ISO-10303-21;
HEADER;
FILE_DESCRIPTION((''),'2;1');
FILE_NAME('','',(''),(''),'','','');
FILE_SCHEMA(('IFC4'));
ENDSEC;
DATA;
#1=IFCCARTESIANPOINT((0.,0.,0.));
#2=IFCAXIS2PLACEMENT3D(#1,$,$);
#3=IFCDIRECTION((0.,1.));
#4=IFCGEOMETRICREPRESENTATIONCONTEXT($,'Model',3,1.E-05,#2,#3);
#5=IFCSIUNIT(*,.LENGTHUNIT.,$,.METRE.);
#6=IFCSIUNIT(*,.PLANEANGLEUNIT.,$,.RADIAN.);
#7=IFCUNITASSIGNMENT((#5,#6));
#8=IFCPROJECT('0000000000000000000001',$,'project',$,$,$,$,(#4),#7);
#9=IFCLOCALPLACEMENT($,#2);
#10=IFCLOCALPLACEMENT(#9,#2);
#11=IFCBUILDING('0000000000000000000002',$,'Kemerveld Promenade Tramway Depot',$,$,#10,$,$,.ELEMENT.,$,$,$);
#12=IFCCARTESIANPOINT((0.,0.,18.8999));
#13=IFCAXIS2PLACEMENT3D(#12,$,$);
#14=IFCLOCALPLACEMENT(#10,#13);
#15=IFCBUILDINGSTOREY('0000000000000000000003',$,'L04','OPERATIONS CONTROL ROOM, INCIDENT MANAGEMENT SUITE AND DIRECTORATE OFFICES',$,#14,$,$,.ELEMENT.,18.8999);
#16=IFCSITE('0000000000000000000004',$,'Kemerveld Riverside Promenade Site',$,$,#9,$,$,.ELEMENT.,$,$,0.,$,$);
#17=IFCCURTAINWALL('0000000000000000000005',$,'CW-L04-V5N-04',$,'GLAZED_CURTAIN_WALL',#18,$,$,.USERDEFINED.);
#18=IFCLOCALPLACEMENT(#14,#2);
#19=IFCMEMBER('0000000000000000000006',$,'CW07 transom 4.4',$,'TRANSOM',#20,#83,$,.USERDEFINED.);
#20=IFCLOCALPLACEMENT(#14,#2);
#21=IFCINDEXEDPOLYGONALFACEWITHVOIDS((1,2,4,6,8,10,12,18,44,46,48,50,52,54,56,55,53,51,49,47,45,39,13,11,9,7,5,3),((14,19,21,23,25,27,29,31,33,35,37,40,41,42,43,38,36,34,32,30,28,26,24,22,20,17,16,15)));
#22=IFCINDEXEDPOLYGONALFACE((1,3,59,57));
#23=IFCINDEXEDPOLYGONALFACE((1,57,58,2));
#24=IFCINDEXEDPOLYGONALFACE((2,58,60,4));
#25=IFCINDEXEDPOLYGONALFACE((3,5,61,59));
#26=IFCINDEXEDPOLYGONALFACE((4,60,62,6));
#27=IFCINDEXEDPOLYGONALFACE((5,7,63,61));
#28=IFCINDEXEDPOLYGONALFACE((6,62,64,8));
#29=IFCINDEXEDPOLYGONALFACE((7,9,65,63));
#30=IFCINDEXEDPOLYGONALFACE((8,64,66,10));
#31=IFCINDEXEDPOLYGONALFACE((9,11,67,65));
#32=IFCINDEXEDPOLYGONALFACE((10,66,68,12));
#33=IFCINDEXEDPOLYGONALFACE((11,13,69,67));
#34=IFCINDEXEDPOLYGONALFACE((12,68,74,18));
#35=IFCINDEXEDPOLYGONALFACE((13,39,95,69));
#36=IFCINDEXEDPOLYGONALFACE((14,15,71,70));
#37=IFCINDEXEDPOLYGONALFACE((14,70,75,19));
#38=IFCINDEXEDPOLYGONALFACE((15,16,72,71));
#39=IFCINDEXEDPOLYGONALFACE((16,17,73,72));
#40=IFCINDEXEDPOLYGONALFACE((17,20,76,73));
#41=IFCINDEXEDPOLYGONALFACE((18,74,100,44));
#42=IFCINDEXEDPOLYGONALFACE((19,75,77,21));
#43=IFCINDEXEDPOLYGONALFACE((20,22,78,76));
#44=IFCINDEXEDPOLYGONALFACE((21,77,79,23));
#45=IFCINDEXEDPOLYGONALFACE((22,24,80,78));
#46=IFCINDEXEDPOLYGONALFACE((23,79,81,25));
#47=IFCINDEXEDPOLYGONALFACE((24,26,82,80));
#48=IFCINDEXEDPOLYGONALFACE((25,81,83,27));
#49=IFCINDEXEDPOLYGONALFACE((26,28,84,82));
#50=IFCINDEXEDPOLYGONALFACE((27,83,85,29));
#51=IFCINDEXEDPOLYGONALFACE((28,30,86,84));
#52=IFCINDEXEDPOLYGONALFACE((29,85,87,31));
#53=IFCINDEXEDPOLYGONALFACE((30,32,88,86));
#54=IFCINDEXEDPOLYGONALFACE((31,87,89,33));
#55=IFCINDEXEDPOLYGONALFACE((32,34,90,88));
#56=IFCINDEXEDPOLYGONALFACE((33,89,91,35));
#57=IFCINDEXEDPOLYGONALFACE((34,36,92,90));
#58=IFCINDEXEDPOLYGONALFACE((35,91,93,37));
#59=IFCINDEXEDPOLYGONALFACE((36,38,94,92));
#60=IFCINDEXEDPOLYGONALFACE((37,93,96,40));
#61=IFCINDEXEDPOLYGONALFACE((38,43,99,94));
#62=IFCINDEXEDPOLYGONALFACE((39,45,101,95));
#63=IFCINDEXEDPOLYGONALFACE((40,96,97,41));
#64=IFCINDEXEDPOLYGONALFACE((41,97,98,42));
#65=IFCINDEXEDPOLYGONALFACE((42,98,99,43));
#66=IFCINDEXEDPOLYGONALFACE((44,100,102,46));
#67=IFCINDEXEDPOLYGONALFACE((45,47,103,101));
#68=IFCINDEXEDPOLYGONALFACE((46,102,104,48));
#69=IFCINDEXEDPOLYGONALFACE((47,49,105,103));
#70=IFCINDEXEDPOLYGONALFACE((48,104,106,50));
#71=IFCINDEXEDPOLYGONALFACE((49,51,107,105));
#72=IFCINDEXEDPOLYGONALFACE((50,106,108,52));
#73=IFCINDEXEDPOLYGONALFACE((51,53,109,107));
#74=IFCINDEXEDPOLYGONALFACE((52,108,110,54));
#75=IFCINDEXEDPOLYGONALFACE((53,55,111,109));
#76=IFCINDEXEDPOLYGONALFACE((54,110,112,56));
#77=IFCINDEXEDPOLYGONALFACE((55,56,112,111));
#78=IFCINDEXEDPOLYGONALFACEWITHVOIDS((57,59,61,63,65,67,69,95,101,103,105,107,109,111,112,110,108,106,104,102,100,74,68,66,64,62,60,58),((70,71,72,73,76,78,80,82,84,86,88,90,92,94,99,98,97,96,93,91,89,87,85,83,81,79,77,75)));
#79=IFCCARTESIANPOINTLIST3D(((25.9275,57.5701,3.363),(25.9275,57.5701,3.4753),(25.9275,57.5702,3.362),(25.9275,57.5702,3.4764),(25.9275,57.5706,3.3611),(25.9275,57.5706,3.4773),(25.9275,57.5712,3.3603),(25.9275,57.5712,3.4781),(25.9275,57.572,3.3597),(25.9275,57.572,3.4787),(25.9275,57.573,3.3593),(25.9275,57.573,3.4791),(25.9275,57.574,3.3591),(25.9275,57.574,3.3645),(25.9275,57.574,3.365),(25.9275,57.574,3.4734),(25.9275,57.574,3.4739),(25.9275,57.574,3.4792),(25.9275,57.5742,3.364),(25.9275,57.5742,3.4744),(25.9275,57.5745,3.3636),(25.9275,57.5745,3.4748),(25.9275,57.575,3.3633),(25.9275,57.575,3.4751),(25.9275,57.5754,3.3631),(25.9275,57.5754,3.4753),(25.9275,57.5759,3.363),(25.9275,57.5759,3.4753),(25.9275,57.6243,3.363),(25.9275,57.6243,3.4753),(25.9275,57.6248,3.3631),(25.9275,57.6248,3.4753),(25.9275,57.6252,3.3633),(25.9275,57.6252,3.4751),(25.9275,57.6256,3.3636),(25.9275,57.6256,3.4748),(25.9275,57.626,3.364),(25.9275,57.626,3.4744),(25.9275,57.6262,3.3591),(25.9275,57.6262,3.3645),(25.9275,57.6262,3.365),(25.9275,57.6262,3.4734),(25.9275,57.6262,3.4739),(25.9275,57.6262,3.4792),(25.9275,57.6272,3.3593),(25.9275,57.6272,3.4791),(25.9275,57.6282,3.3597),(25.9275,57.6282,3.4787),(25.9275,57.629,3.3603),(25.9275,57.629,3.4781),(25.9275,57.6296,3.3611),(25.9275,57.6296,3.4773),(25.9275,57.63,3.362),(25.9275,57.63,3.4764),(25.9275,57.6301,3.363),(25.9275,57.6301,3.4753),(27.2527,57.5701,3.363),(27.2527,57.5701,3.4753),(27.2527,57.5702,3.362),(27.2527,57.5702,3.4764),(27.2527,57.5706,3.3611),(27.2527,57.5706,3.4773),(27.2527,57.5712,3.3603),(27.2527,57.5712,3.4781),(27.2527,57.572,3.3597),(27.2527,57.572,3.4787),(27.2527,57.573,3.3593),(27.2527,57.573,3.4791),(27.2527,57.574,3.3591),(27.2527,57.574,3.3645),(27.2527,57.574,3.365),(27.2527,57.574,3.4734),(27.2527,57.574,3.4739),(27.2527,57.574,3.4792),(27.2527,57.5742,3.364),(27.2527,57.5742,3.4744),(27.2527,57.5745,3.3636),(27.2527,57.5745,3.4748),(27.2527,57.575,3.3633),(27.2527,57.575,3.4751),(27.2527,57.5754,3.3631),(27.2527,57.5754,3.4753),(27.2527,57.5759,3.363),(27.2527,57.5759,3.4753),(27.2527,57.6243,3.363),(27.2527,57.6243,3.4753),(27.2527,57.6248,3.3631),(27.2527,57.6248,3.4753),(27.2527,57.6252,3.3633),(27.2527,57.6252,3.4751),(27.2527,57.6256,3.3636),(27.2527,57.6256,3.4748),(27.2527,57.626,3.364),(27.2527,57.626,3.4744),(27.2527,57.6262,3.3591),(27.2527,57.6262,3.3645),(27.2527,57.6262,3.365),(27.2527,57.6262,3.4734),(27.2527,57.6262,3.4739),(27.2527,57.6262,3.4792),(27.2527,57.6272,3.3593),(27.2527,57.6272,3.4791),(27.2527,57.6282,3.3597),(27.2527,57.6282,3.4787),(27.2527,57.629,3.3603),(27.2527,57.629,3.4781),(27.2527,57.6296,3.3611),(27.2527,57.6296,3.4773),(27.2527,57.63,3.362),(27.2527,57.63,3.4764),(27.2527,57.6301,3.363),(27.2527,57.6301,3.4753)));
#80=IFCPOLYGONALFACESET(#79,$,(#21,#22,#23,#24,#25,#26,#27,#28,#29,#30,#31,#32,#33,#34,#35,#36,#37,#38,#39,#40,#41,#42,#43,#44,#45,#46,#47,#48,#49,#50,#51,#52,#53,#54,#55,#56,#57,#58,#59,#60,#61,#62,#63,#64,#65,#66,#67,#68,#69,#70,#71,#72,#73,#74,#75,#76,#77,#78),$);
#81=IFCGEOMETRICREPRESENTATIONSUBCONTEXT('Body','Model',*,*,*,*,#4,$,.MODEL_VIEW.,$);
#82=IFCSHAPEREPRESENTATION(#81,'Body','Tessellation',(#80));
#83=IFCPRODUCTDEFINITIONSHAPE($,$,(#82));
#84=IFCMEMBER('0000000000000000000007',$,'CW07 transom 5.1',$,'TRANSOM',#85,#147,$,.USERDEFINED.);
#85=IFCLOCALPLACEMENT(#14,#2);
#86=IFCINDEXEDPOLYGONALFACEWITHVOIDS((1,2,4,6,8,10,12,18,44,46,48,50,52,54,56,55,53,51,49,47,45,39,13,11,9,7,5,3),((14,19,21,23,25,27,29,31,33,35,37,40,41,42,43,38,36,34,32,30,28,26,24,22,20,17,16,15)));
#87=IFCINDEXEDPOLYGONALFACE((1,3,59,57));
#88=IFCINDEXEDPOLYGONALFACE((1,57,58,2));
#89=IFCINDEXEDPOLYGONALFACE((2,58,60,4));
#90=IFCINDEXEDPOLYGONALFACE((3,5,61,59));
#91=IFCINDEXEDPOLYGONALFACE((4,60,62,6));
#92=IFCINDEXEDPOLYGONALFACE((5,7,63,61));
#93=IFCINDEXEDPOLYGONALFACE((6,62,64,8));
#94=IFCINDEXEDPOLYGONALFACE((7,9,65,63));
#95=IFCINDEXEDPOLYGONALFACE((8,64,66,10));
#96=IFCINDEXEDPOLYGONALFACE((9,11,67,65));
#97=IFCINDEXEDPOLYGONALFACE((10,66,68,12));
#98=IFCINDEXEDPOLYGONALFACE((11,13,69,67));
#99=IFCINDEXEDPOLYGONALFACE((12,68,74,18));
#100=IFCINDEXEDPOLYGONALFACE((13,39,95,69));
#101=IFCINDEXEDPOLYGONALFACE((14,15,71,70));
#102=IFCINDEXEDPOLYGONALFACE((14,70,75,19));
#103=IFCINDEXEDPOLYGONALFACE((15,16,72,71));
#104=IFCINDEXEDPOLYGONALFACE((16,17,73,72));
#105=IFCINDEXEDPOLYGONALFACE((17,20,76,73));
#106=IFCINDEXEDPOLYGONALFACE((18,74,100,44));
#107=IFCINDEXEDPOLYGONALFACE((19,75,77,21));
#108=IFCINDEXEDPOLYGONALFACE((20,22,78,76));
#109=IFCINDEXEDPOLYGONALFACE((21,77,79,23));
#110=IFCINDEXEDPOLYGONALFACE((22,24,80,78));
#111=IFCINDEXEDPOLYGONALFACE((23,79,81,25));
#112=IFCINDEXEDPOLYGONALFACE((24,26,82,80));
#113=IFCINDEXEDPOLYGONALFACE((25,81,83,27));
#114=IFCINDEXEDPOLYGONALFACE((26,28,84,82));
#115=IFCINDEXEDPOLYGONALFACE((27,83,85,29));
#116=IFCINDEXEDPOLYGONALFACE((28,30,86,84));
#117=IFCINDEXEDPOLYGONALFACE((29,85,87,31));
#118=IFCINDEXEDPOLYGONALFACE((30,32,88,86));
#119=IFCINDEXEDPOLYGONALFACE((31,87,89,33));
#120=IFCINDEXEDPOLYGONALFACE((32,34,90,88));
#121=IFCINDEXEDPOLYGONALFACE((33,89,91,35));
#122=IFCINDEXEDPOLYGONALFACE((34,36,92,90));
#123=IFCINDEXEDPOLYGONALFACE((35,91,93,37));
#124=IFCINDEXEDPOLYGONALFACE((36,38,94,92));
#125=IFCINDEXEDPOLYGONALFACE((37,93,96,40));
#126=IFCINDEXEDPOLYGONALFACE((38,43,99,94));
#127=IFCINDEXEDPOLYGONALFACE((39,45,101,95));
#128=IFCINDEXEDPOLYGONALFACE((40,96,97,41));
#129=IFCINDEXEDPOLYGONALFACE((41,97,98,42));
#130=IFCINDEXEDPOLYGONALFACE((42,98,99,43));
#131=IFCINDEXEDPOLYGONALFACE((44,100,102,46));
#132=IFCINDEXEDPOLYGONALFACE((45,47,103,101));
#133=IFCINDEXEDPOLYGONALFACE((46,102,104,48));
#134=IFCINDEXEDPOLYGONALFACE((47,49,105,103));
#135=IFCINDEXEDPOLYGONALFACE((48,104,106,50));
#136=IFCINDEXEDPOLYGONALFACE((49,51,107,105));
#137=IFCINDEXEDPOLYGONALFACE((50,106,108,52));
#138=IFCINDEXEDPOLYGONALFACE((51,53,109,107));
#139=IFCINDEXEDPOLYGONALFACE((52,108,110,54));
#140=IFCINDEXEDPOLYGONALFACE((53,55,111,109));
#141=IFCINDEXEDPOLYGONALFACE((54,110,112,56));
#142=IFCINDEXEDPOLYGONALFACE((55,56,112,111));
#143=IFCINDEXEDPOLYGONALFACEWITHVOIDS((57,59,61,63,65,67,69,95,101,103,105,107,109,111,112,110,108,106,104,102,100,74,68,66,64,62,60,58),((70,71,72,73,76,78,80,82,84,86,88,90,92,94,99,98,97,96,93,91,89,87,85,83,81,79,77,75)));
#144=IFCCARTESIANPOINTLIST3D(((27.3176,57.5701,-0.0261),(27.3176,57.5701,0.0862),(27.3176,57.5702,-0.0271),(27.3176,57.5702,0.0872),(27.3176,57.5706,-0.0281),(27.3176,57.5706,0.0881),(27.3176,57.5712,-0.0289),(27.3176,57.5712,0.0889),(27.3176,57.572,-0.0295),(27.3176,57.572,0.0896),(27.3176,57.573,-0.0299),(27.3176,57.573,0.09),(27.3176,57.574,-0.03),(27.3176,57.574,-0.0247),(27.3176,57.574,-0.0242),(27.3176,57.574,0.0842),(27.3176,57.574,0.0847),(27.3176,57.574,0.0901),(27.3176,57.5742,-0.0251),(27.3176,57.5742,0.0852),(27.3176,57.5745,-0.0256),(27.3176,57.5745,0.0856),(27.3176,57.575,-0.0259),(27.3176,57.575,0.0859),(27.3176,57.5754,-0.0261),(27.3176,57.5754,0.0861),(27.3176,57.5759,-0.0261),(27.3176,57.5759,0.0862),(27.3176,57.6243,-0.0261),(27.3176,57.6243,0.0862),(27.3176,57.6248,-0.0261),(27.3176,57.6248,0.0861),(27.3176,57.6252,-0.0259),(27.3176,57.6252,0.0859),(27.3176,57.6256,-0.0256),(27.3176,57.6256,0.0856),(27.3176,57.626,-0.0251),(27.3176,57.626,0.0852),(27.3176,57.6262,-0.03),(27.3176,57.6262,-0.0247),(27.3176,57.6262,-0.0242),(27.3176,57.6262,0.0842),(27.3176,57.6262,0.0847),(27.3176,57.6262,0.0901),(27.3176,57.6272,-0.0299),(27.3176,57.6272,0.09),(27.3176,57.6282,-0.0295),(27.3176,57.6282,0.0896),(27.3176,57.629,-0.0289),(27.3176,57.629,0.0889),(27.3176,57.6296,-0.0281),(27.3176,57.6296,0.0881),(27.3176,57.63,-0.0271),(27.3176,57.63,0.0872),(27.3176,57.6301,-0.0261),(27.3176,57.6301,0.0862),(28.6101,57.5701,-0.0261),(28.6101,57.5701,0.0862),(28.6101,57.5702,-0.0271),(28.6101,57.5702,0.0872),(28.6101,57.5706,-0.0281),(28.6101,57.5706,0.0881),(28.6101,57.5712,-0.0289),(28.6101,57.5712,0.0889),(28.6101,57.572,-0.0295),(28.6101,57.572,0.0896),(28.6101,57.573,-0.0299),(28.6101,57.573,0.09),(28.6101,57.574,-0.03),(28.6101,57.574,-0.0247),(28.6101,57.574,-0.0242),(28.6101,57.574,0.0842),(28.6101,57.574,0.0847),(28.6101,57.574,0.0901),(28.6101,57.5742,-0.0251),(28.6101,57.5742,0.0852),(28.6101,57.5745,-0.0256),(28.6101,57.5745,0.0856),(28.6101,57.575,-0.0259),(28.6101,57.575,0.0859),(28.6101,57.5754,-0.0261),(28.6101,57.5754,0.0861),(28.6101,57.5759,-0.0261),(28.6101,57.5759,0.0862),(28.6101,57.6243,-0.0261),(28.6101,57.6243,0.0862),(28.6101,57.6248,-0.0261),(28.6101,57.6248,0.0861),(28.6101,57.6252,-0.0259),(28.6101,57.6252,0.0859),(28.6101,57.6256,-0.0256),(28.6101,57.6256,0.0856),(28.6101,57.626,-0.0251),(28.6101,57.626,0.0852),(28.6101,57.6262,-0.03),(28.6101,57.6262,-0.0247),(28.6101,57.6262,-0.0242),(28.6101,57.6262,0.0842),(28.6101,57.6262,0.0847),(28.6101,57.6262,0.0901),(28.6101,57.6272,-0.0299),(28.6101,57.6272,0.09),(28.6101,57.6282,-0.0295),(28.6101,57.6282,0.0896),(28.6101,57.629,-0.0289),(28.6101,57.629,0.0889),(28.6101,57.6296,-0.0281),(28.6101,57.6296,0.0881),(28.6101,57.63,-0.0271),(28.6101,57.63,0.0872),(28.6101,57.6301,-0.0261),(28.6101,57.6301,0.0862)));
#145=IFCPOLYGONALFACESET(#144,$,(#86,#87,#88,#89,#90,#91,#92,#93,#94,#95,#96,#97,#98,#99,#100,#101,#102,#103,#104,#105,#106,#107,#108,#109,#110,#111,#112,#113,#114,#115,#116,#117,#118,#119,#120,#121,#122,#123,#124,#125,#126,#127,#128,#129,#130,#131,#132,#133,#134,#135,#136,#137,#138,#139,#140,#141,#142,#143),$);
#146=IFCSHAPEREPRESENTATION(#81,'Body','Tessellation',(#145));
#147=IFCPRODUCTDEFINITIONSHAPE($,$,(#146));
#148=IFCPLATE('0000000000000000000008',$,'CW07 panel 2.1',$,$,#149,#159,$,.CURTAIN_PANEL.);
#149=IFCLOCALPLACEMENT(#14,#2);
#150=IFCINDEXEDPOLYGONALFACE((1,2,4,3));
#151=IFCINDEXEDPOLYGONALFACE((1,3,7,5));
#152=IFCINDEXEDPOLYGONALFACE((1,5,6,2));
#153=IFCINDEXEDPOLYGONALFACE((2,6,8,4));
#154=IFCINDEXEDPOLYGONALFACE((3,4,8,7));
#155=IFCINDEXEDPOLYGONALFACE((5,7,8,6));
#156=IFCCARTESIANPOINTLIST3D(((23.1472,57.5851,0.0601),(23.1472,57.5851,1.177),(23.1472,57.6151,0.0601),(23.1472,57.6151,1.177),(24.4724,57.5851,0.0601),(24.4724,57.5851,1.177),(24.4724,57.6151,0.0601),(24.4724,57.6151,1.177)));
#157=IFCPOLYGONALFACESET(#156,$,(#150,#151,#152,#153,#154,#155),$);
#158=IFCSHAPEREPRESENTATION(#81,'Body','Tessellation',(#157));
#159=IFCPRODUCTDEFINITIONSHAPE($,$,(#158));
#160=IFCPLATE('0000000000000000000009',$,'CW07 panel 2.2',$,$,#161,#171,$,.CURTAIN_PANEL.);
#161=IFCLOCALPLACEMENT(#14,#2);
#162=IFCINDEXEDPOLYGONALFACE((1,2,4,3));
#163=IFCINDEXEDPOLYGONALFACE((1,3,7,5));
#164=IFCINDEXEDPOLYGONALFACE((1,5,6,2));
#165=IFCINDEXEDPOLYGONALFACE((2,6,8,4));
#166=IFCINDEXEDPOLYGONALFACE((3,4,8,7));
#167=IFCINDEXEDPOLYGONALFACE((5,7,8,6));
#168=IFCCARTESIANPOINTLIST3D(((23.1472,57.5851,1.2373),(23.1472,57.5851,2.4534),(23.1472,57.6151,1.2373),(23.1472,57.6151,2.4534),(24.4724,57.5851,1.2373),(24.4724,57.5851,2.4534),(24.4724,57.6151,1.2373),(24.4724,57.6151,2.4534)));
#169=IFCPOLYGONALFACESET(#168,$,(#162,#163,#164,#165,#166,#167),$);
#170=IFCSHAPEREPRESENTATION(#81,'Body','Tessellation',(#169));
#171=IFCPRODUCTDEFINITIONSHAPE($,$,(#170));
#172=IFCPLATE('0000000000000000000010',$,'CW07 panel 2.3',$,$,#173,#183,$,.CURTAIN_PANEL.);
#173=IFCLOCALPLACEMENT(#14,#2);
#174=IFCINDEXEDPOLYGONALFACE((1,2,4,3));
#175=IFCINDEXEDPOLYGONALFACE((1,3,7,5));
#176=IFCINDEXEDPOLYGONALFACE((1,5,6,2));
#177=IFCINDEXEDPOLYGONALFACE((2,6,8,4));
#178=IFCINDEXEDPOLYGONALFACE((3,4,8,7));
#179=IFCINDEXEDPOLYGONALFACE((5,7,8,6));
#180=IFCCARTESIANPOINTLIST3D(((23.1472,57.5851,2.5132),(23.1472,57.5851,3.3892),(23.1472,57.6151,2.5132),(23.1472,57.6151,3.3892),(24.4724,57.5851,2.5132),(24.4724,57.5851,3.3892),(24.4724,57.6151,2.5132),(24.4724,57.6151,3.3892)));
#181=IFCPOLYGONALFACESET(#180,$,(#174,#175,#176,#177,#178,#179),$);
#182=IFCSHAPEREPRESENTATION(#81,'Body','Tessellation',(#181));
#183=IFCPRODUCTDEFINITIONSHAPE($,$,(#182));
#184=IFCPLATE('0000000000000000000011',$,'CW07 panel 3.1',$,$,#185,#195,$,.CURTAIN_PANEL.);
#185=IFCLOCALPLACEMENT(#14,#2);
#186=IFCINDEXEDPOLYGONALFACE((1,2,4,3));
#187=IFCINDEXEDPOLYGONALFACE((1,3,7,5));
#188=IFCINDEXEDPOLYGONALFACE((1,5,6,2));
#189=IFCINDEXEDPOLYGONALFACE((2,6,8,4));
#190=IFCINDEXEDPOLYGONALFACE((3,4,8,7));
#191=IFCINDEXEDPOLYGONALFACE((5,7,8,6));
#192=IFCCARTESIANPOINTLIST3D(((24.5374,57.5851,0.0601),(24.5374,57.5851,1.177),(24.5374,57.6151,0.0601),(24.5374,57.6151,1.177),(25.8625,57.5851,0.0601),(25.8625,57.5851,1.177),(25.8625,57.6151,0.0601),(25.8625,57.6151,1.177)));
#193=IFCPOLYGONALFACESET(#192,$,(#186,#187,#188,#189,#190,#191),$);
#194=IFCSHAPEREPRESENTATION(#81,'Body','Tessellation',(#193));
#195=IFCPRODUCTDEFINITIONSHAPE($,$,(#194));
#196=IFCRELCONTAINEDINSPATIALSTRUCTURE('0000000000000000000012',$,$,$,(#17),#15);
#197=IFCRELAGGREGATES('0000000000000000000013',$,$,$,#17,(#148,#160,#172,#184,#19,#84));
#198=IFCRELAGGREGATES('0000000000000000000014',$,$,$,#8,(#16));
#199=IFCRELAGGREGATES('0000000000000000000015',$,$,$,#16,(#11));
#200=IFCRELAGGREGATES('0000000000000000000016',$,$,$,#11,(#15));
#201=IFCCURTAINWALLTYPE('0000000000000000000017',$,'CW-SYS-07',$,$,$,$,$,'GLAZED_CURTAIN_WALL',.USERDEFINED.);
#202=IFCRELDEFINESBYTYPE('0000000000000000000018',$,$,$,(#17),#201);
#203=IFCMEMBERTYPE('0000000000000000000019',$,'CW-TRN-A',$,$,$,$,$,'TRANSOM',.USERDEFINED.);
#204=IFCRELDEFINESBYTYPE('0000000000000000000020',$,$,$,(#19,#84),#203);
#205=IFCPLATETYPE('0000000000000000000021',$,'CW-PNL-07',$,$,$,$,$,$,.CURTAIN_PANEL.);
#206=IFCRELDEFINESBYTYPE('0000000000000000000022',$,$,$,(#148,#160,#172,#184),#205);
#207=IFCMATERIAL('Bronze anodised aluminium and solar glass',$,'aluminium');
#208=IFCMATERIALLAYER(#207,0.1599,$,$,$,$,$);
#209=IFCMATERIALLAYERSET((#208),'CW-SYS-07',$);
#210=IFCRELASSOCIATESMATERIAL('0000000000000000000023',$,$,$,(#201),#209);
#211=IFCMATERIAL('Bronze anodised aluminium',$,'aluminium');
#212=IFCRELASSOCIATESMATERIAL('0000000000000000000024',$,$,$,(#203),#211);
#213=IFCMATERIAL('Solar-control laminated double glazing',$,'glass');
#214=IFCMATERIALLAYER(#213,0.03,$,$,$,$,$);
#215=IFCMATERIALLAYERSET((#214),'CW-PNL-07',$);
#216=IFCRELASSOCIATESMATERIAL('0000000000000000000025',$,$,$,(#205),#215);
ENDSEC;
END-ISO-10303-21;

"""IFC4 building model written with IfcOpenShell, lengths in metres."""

from ifc_helpers import new_model, si_unit, direction, frame, origin, origin_2d, place, context, subcontext, project, spatial, rectangle, hollow_rectangle, extrude, material, layer, layer_set, material_profile, profile_set, type_object, element, aggregate, save


model = new_model("IFC4")

# Units and contexts
model_context = context("Model", 3, precision=1e-05, world=origin(), true_north=direction((0.0, 1.0)))
body_context = subcontext(model_context, "Body", "Model", "MODEL_VIEW")
ifc_project = project(units=[si_unit("LENGTHUNIT", "METRE"), si_unit("PLANEANGLEUNIT", "RADIAN")], contexts=[model_context])

# Site, building, storey
site_placement = place(None, origin())
site = spatial("IfcSite", under=ifc_project, at=site_placement, Name="Kemerveld Riverside Promenade Site", CompositionType="ELEMENT", RefElevation=0.0)
building_placement = place(site_placement, origin())
building = spatial("IfcBuilding", under=site, at=building_placement, Name="Kemerveld Promenade Tramway Depot", CompositionType="ELEMENT")
storey_placement = place(building_placement, frame((0.0, 0.0, 18.8999)))
storey = spatial("IfcBuildingStorey", under=building, at=storey_placement, Name="L04", Description="OPERATIONS CONTROL ROOM, INCIDENT MANAGEMENT SUITE AND DIRECTORATE OFFICES", CompositionType="ELEMENT", Elevation=18.8999)

# Curtain wall, members, plates
ifc_material_1 = material(Name="Bronze anodised aluminium and solar glass", Category="aluminium")
ifc_layer_1 = layer(ifc_material_1, 0.1599)
ifc_layer_set_1 = layer_set([ifc_layer_1], Name="CW-SYS-07")
curtain_wall_type = type_object("IfcCurtainWallType", Name="CW-SYS-07", ElementType="GLAZED_CURTAIN_WALL", PredefinedType="USERDEFINED", material=ifc_layer_set_1)
curtain_wall_placement = place(storey_placement, origin())
curtain_wall = element("IfcCurtainWall", 1, at=curtain_wall_placement, inside=storey, type_object=curtain_wall_type, Name="CW-L04-V5N-04", ObjectType="GLAZED_CURTAIN_WALL", PredefinedType="USERDEFINED")
ifc_material_2 = material(Name="Bronze anodised aluminium", Category="aluminium")
ifc_material_profile_1 = material_profile(ifc_material_2, hollow_rectangle(XDim=0.0601, YDim=0.1201, WallThickness=0.0039, InnerFilletRadius=0.002, OuterFilletRadius=0.0039, at=origin_2d()), Name="CW-TRN-120x60")
ifc_profile_set_1 = profile_set([ifc_material_profile_1], Name="Bronze anodised aluminium")
member_type_1 = type_object("IfcMemberType", Name="CW-TRN-A", ElementType="TRANSOM", PredefinedType="USERDEFINED", material=ifc_profile_set_1)
member_1_placement = place(storey_placement, frame((25.9275, 57.6001, 3.4192), z_axis=(1.0, 0.0, 0.0), x_axis=(0.0, 1.0, 0.0)))
member_1 = element("IfcMember", 2, at=member_1_placement, type_object=member_type_1, Name="CW07 transom 4.4", ObjectType="TRANSOM", PredefinedType="USERDEFINED", context=body_context, shape_type="SweptSolid", body=[
    extrude(hollow_rectangle(XDim=0.0601, YDim=0.1201, WallThickness=0.0039, InnerFilletRadius=0.002, OuterFilletRadius=0.0039, at=origin_2d()), origin(), (0.0, 0.0, 1.0), 1.3252),
])
member_2_placement = place(storey_placement, frame((27.3176, 57.6001, 0.03), z_axis=(1.0, 0.0, 0.0), x_axis=(0.0, 1.0, 0.0)))
member_2 = element("IfcMember", 3, at=member_2_placement, type_object=member_type_1, Name="CW07 transom 5.1", ObjectType="TRANSOM", PredefinedType="USERDEFINED", context=body_context, shape_type="SweptSolid", body=[
    extrude(hollow_rectangle(XDim=0.0601, YDim=0.1201, WallThickness=0.0039, InnerFilletRadius=0.002, OuterFilletRadius=0.0039, at=origin_2d()), origin(), (0.0, 0.0, 1.0), 1.2925),
])
ifc_material_3 = material(Name="Solar-control laminated double glazing", Category="glass")
ifc_layer_2 = layer(ifc_material_3, 0.03)
ifc_layer_set_2 = layer_set([ifc_layer_2], Name="CW-PNL-07")
plate_type = type_object("IfcPlateType", Name="CW-PNL-07", PredefinedType="CURTAIN_PANEL", material=ifc_layer_set_2)
plate_1_placement = place(storey_placement, frame((23.8098, 57.6001, 0.0601), z_axis=(0.0, 0.0, 1.0), x_axis=(1.0, 0.0, 0.0)))
plate_1 = element("IfcPlate", 4, at=plate_1_placement, type_object=plate_type, Name="CW07 panel 2.1", PredefinedType="CURTAIN_PANEL", context=body_context, shape_type="SweptSolid", body=[
    extrude(rectangle(XDim=1.3252, YDim=0.03, at=origin_2d()), origin(), (0.0, 0.0, 1.0), 1.1169),
])
plate_2_placement = place(storey_placement, frame((23.8098, 57.6001, 1.2373), z_axis=(0.0, 0.0, 1.0), x_axis=(1.0, 0.0, 0.0)))
plate_2 = element("IfcPlate", 5, at=plate_2_placement, type_object=plate_type, Name="CW07 panel 2.2", PredefinedType="CURTAIN_PANEL", context=body_context, shape_type="SweptSolid", body=[
    extrude(rectangle(XDim=1.3252, YDim=0.03, at=origin_2d()), origin(), (0.0, 0.0, 1.0), 1.2161),
])
plate_3_placement = place(storey_placement, frame((23.8098, 57.6001, 2.5132), z_axis=(0.0, 0.0, 1.0), x_axis=(1.0, 0.0, 0.0)))
plate_3 = element("IfcPlate", 6, at=plate_3_placement, type_object=plate_type, Name="CW07 panel 2.3", PredefinedType="CURTAIN_PANEL", context=body_context, shape_type="SweptSolid", body=[
    extrude(rectangle(XDim=1.3252, YDim=0.03, at=origin_2d()), origin(), (0.0, 0.0, 1.0), 0.876),
])
plate_4_placement = place(storey_placement, frame((25.2, 57.6001, 0.0601), z_axis=(0.0, 0.0, 1.0), x_axis=(1.0, 0.0, 0.0)))
plate_4 = element("IfcPlate", 7, at=plate_4_placement, type_object=plate_type, Name="CW07 panel 3.1", PredefinedType="CURTAIN_PANEL", context=body_context, shape_type="SweptSolid", body=[
    extrude(rectangle(XDim=1.3252, YDim=0.03, at=origin_2d()), origin(), (0.0, 0.0, 1.0), 1.1169),
])
aggregate(curtain_wall, [plate_1, plate_2, plate_3, plate_4, member_1, member_2])

save(model, "model.ifc")
